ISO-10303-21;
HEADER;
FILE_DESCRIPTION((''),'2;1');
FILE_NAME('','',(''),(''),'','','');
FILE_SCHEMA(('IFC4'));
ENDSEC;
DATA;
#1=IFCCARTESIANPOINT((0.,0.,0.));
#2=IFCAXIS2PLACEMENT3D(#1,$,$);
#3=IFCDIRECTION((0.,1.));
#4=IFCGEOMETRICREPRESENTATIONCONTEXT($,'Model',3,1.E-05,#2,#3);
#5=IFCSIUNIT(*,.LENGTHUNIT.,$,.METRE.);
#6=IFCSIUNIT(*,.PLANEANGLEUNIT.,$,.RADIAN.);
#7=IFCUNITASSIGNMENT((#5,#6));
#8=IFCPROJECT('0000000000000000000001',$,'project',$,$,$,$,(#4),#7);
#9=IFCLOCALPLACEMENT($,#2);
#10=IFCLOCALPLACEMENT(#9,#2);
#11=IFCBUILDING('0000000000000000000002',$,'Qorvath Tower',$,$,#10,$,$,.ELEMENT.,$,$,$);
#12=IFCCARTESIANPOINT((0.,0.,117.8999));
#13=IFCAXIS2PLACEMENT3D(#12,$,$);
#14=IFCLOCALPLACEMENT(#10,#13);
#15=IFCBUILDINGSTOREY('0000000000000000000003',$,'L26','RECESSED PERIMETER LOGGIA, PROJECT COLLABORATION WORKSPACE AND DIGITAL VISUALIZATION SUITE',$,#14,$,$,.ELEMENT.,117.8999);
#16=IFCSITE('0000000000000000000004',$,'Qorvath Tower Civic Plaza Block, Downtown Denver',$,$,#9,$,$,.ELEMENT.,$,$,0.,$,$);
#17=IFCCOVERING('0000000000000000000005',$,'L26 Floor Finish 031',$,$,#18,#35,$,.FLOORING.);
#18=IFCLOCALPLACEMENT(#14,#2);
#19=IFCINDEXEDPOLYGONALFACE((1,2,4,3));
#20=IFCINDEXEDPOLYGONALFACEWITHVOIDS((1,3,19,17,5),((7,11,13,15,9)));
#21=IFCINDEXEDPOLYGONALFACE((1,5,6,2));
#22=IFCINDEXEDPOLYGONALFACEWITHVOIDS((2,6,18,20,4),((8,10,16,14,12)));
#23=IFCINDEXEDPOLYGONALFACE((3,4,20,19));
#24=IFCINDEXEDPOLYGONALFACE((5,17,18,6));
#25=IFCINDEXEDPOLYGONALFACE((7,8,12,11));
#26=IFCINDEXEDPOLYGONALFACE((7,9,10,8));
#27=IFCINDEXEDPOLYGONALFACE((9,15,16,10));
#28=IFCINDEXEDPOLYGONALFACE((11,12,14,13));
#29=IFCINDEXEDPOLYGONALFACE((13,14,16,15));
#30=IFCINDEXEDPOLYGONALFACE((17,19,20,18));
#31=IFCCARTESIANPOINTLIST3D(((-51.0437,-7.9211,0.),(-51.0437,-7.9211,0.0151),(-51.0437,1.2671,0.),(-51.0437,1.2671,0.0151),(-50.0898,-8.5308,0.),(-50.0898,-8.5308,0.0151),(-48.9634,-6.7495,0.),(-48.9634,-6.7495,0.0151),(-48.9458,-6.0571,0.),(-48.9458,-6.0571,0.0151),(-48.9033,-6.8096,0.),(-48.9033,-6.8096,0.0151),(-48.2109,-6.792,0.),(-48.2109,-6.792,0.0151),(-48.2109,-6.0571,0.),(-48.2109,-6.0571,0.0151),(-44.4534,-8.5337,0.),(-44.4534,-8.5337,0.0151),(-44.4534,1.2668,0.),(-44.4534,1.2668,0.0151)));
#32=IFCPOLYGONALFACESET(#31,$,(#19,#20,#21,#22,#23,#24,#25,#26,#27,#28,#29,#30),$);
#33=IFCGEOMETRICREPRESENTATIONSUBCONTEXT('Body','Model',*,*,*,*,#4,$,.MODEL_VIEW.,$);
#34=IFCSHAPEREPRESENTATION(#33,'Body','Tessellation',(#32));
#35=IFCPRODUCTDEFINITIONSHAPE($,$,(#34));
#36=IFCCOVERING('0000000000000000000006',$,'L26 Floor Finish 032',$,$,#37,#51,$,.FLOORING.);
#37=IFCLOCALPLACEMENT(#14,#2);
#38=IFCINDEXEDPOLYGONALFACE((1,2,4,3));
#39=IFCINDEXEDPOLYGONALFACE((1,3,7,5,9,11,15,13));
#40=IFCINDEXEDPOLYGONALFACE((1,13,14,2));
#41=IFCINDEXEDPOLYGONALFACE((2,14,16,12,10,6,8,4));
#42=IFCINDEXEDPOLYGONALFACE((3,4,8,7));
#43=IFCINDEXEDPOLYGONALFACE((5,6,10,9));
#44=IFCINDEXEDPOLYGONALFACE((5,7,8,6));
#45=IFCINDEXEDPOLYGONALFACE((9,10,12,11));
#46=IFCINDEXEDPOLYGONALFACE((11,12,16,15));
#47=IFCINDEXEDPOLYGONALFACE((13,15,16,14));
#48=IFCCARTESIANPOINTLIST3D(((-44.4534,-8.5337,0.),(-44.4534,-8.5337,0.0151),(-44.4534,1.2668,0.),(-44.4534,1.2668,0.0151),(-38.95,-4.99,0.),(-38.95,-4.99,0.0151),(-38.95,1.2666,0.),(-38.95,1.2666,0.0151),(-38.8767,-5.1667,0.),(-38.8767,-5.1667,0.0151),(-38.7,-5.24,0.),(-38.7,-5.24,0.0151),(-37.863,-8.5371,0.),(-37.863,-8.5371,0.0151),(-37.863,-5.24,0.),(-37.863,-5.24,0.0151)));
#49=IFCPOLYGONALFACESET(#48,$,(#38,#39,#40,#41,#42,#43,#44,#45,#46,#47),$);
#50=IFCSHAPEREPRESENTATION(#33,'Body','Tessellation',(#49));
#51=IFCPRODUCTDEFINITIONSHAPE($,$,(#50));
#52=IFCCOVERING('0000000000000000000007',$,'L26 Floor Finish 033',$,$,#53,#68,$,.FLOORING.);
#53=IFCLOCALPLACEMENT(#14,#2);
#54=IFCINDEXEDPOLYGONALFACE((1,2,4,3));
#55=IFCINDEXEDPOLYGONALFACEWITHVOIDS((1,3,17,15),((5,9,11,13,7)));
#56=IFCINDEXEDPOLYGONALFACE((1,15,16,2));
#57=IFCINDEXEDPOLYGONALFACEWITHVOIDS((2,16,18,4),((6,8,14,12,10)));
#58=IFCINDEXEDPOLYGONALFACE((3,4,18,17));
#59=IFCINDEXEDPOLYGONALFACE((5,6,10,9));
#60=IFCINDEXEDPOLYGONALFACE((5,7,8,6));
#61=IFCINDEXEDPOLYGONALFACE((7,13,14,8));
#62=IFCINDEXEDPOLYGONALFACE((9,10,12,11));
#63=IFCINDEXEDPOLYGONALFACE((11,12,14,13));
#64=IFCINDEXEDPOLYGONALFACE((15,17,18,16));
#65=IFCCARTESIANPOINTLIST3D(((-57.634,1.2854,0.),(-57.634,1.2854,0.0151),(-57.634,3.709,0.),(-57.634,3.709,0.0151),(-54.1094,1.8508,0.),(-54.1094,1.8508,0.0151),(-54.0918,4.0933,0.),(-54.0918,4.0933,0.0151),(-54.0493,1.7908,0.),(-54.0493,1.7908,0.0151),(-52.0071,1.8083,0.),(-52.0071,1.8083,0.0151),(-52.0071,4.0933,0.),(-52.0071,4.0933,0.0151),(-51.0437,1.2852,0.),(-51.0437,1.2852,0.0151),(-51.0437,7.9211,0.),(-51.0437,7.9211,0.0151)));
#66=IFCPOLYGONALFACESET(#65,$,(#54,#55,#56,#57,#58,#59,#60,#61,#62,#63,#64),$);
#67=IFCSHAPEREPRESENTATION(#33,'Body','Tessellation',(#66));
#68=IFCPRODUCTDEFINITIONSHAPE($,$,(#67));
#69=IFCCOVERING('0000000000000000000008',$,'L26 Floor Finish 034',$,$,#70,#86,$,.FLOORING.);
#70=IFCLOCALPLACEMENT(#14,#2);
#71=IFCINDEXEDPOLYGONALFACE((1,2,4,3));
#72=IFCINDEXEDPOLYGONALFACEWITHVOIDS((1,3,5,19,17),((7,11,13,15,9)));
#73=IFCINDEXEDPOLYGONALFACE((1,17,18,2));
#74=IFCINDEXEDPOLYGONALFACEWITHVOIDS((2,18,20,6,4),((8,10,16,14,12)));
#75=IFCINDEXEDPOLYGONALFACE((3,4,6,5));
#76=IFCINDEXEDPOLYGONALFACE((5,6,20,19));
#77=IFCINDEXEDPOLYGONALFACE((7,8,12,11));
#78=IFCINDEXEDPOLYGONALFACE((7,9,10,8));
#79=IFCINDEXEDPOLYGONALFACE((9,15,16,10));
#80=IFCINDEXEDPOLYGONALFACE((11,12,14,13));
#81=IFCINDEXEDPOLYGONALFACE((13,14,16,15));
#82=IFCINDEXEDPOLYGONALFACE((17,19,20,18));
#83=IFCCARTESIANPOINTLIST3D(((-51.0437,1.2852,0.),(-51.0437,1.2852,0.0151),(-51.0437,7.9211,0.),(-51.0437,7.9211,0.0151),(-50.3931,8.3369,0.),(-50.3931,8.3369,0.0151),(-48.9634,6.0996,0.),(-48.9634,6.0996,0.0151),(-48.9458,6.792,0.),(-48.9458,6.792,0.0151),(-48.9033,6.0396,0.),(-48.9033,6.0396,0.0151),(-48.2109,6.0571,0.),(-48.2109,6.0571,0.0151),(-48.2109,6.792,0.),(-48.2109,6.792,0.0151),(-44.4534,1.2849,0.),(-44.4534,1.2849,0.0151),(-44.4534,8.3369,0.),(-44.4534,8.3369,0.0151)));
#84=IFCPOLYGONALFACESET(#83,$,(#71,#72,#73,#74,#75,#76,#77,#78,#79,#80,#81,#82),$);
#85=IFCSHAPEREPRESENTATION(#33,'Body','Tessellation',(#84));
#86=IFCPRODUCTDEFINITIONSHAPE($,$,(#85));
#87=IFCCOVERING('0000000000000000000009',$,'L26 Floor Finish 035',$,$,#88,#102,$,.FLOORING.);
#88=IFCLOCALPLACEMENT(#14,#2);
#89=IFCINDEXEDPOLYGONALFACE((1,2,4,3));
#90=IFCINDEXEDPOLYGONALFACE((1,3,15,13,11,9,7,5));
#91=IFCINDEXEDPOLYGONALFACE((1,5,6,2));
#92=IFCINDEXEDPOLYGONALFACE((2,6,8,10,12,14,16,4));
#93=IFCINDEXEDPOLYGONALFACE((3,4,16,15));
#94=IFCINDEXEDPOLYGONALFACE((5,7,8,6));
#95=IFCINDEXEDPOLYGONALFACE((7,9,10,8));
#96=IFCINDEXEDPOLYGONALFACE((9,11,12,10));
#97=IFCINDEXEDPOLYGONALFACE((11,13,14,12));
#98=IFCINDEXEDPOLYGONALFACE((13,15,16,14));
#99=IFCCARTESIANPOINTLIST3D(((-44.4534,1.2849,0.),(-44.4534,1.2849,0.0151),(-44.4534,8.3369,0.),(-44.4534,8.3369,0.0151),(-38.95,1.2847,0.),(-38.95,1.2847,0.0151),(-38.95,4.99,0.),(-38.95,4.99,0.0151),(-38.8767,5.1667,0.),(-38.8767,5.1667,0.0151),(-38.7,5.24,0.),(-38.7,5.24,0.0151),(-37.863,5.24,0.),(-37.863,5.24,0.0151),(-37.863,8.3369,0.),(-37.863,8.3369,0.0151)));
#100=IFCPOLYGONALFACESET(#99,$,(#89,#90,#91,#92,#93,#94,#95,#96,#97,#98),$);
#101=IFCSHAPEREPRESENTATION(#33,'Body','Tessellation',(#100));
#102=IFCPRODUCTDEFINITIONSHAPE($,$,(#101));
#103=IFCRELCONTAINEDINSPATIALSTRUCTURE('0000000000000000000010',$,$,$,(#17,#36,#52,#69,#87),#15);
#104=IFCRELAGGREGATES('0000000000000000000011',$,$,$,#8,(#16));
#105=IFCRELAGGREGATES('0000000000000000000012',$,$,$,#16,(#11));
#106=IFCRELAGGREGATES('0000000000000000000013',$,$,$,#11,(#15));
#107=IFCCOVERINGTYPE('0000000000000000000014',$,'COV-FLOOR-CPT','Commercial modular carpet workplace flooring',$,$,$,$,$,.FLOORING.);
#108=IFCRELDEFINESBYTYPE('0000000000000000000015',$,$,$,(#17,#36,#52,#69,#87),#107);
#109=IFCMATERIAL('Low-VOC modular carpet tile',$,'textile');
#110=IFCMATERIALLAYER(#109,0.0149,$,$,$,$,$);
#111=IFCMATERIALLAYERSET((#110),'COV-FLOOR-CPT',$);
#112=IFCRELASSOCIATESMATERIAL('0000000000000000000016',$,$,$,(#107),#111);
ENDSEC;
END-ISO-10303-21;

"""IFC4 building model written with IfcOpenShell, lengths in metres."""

from ifc_helpers import new_model, si_unit, direction, frame, origin, place, context, subcontext, project, spatial, polyline, outline, extrude, material, layer, layer_set, type_object, element, save


model = new_model("IFC4")

# Units and contexts
model_context = context("Model", 3, precision=1e-05, world=origin(), true_north=direction((0.0, 1.0)))
body_context = subcontext(model_context, "Body", "Model", "MODEL_VIEW")
ifc_project = project(units=[si_unit("LENGTHUNIT", "METRE"), si_unit("PLANEANGLEUNIT", "RADIAN")], contexts=[model_context])

# Site, building, storey
site_placement = place(None, origin())
site = spatial("IfcSite", under=ifc_project, at=site_placement, Name="Qorvath Tower Civic Plaza Block, Downtown Denver", CompositionType="ELEMENT", RefElevation=0.0)
building_placement = place(site_placement, origin())
building = spatial("IfcBuilding", under=site, at=building_placement, Name="Qorvath Tower", CompositionType="ELEMENT")
storey_placement = place(building_placement, frame((0.0, 0.0, 117.8999)))
storey = spatial("IfcBuildingStorey", under=building, at=storey_placement, Name="L26", Description="RECESSED PERIMETER LOGGIA, PROJECT COLLABORATION WORKSPACE AND DIGITAL VISUALIZATION SUITE", CompositionType="ELEMENT", Elevation=117.8999)

# Coverings
ifc_material_1 = material(Name="Low-VOC modular carpet tile", Category="textile")
ifc_layer_1 = layer(ifc_material_1, 0.0149)
ifc_layer_set_1 = layer_set([ifc_layer_1], Name="COV-FLOOR-CPT")
covering_type_1 = type_object("IfcCoveringType", Name="COV-FLOOR-CPT", Description="Commercial modular carpet workplace flooring", PredefinedType="FLOORING", material=ifc_layer_set_1)
covering_1_placement = place(storey_placement, origin())
element("IfcCovering", 1, at=covering_1_placement, inside=storey, type_object=covering_type_1, Name="L26 Floor Finish 031", PredefinedType="FLOORING", context=body_context, shape_type="SweptSolid", body=[
    extrude(outline(polyline([(-44.4534, -8.5337), (-44.4534, 1.2668), (-51.0437, 1.2671), (-51.0437, -7.9211), (-50.0898, -8.5308), (-44.4534, -8.5337)]), holes=[polyline([(-48.9634, -6.7495), (-48.9458, -6.0571), (-48.2109, -6.0571), (-48.2109, -6.792), (-48.9033, -6.8096), (-48.9634, -6.7495)])]), origin(), (0.0, 0.0, 1.0), 0.0151),
])
covering_2_placement = place(storey_placement, origin())
element("IfcCovering", 2, at=covering_2_placement, inside=storey, type_object=covering_type_1, Name="L26 Floor Finish 032", PredefinedType="FLOORING", context=body_context, shape_type="SweptSolid", body=[
    extrude(outline(polyline([(-38.95, 1.2666), (-44.4534, 1.2668), (-44.4534, -8.5337), (-37.863, -8.5371), (-37.863, -5.24), (-38.7, -5.24), (-38.8767, -5.1667), (-38.95, -4.99), (-38.95, 1.2666)])), origin(), (0.0, 0.0, 1.0), 0.0151),
])
covering_3_placement = place(storey_placement, origin())
element("IfcCovering", 3, at=covering_3_placement, inside=storey, type_object=covering_type_1, Name="L26 Floor Finish 033", PredefinedType="FLOORING", context=body_context, shape_type="SweptSolid", body=[
    extrude(outline(polyline([(-51.0437, 1.2852), (-51.0437, 7.9211), (-57.634, 3.709), (-57.634, 1.2854), (-51.0437, 1.2852)]), holes=[polyline([(-54.1094, 1.8508), (-54.0918, 4.0933), (-52.0071, 4.0933), (-52.0071, 1.8083), (-54.0493, 1.7908), (-54.1094, 1.8508)])]), origin(), (0.0, 0.0, 1.0), 0.0151),
])
covering_4_placement = place(storey_placement, origin())
element("IfcCovering", 4, at=covering_4_placement, inside=storey, type_object=covering_type_1, Name="L26 Floor Finish 034", PredefinedType="FLOORING", context=body_context, shape_type="SweptSolid", body=[
    extrude(outline(polyline([(-44.4534, 1.2849), (-44.4534, 8.3369), (-50.3931, 8.3369), (-51.0437, 7.9211), (-51.0437, 1.2852), (-44.4534, 1.2849)]), holes=[polyline([(-48.9634, 6.0996), (-48.9458, 6.792), (-48.2109, 6.792), (-48.2109, 6.0571), (-48.9033, 6.0396), (-48.9634, 6.0996)])]), origin(), (0.0, 0.0, 1.0), 0.0151),
])
covering_5_placement = place(storey_placement, origin())
element("IfcCovering", 5, at=covering_5_placement, inside=storey, type_object=covering_type_1, Name="L26 Floor Finish 035", PredefinedType="FLOORING", context=body_context, shape_type="SweptSolid", body=[
    extrude(outline(polyline([(-37.863, 5.24), (-37.863, 8.3369), (-44.4534, 8.3369), (-44.4534, 1.2849), (-38.95, 1.2847), (-38.95, 4.99), (-38.8767, 5.1667), (-38.7, 5.24), (-37.863, 5.24)])), origin(), (0.0, 0.0, 1.0), 0.0151),
])

save(model, "model.ifc")
